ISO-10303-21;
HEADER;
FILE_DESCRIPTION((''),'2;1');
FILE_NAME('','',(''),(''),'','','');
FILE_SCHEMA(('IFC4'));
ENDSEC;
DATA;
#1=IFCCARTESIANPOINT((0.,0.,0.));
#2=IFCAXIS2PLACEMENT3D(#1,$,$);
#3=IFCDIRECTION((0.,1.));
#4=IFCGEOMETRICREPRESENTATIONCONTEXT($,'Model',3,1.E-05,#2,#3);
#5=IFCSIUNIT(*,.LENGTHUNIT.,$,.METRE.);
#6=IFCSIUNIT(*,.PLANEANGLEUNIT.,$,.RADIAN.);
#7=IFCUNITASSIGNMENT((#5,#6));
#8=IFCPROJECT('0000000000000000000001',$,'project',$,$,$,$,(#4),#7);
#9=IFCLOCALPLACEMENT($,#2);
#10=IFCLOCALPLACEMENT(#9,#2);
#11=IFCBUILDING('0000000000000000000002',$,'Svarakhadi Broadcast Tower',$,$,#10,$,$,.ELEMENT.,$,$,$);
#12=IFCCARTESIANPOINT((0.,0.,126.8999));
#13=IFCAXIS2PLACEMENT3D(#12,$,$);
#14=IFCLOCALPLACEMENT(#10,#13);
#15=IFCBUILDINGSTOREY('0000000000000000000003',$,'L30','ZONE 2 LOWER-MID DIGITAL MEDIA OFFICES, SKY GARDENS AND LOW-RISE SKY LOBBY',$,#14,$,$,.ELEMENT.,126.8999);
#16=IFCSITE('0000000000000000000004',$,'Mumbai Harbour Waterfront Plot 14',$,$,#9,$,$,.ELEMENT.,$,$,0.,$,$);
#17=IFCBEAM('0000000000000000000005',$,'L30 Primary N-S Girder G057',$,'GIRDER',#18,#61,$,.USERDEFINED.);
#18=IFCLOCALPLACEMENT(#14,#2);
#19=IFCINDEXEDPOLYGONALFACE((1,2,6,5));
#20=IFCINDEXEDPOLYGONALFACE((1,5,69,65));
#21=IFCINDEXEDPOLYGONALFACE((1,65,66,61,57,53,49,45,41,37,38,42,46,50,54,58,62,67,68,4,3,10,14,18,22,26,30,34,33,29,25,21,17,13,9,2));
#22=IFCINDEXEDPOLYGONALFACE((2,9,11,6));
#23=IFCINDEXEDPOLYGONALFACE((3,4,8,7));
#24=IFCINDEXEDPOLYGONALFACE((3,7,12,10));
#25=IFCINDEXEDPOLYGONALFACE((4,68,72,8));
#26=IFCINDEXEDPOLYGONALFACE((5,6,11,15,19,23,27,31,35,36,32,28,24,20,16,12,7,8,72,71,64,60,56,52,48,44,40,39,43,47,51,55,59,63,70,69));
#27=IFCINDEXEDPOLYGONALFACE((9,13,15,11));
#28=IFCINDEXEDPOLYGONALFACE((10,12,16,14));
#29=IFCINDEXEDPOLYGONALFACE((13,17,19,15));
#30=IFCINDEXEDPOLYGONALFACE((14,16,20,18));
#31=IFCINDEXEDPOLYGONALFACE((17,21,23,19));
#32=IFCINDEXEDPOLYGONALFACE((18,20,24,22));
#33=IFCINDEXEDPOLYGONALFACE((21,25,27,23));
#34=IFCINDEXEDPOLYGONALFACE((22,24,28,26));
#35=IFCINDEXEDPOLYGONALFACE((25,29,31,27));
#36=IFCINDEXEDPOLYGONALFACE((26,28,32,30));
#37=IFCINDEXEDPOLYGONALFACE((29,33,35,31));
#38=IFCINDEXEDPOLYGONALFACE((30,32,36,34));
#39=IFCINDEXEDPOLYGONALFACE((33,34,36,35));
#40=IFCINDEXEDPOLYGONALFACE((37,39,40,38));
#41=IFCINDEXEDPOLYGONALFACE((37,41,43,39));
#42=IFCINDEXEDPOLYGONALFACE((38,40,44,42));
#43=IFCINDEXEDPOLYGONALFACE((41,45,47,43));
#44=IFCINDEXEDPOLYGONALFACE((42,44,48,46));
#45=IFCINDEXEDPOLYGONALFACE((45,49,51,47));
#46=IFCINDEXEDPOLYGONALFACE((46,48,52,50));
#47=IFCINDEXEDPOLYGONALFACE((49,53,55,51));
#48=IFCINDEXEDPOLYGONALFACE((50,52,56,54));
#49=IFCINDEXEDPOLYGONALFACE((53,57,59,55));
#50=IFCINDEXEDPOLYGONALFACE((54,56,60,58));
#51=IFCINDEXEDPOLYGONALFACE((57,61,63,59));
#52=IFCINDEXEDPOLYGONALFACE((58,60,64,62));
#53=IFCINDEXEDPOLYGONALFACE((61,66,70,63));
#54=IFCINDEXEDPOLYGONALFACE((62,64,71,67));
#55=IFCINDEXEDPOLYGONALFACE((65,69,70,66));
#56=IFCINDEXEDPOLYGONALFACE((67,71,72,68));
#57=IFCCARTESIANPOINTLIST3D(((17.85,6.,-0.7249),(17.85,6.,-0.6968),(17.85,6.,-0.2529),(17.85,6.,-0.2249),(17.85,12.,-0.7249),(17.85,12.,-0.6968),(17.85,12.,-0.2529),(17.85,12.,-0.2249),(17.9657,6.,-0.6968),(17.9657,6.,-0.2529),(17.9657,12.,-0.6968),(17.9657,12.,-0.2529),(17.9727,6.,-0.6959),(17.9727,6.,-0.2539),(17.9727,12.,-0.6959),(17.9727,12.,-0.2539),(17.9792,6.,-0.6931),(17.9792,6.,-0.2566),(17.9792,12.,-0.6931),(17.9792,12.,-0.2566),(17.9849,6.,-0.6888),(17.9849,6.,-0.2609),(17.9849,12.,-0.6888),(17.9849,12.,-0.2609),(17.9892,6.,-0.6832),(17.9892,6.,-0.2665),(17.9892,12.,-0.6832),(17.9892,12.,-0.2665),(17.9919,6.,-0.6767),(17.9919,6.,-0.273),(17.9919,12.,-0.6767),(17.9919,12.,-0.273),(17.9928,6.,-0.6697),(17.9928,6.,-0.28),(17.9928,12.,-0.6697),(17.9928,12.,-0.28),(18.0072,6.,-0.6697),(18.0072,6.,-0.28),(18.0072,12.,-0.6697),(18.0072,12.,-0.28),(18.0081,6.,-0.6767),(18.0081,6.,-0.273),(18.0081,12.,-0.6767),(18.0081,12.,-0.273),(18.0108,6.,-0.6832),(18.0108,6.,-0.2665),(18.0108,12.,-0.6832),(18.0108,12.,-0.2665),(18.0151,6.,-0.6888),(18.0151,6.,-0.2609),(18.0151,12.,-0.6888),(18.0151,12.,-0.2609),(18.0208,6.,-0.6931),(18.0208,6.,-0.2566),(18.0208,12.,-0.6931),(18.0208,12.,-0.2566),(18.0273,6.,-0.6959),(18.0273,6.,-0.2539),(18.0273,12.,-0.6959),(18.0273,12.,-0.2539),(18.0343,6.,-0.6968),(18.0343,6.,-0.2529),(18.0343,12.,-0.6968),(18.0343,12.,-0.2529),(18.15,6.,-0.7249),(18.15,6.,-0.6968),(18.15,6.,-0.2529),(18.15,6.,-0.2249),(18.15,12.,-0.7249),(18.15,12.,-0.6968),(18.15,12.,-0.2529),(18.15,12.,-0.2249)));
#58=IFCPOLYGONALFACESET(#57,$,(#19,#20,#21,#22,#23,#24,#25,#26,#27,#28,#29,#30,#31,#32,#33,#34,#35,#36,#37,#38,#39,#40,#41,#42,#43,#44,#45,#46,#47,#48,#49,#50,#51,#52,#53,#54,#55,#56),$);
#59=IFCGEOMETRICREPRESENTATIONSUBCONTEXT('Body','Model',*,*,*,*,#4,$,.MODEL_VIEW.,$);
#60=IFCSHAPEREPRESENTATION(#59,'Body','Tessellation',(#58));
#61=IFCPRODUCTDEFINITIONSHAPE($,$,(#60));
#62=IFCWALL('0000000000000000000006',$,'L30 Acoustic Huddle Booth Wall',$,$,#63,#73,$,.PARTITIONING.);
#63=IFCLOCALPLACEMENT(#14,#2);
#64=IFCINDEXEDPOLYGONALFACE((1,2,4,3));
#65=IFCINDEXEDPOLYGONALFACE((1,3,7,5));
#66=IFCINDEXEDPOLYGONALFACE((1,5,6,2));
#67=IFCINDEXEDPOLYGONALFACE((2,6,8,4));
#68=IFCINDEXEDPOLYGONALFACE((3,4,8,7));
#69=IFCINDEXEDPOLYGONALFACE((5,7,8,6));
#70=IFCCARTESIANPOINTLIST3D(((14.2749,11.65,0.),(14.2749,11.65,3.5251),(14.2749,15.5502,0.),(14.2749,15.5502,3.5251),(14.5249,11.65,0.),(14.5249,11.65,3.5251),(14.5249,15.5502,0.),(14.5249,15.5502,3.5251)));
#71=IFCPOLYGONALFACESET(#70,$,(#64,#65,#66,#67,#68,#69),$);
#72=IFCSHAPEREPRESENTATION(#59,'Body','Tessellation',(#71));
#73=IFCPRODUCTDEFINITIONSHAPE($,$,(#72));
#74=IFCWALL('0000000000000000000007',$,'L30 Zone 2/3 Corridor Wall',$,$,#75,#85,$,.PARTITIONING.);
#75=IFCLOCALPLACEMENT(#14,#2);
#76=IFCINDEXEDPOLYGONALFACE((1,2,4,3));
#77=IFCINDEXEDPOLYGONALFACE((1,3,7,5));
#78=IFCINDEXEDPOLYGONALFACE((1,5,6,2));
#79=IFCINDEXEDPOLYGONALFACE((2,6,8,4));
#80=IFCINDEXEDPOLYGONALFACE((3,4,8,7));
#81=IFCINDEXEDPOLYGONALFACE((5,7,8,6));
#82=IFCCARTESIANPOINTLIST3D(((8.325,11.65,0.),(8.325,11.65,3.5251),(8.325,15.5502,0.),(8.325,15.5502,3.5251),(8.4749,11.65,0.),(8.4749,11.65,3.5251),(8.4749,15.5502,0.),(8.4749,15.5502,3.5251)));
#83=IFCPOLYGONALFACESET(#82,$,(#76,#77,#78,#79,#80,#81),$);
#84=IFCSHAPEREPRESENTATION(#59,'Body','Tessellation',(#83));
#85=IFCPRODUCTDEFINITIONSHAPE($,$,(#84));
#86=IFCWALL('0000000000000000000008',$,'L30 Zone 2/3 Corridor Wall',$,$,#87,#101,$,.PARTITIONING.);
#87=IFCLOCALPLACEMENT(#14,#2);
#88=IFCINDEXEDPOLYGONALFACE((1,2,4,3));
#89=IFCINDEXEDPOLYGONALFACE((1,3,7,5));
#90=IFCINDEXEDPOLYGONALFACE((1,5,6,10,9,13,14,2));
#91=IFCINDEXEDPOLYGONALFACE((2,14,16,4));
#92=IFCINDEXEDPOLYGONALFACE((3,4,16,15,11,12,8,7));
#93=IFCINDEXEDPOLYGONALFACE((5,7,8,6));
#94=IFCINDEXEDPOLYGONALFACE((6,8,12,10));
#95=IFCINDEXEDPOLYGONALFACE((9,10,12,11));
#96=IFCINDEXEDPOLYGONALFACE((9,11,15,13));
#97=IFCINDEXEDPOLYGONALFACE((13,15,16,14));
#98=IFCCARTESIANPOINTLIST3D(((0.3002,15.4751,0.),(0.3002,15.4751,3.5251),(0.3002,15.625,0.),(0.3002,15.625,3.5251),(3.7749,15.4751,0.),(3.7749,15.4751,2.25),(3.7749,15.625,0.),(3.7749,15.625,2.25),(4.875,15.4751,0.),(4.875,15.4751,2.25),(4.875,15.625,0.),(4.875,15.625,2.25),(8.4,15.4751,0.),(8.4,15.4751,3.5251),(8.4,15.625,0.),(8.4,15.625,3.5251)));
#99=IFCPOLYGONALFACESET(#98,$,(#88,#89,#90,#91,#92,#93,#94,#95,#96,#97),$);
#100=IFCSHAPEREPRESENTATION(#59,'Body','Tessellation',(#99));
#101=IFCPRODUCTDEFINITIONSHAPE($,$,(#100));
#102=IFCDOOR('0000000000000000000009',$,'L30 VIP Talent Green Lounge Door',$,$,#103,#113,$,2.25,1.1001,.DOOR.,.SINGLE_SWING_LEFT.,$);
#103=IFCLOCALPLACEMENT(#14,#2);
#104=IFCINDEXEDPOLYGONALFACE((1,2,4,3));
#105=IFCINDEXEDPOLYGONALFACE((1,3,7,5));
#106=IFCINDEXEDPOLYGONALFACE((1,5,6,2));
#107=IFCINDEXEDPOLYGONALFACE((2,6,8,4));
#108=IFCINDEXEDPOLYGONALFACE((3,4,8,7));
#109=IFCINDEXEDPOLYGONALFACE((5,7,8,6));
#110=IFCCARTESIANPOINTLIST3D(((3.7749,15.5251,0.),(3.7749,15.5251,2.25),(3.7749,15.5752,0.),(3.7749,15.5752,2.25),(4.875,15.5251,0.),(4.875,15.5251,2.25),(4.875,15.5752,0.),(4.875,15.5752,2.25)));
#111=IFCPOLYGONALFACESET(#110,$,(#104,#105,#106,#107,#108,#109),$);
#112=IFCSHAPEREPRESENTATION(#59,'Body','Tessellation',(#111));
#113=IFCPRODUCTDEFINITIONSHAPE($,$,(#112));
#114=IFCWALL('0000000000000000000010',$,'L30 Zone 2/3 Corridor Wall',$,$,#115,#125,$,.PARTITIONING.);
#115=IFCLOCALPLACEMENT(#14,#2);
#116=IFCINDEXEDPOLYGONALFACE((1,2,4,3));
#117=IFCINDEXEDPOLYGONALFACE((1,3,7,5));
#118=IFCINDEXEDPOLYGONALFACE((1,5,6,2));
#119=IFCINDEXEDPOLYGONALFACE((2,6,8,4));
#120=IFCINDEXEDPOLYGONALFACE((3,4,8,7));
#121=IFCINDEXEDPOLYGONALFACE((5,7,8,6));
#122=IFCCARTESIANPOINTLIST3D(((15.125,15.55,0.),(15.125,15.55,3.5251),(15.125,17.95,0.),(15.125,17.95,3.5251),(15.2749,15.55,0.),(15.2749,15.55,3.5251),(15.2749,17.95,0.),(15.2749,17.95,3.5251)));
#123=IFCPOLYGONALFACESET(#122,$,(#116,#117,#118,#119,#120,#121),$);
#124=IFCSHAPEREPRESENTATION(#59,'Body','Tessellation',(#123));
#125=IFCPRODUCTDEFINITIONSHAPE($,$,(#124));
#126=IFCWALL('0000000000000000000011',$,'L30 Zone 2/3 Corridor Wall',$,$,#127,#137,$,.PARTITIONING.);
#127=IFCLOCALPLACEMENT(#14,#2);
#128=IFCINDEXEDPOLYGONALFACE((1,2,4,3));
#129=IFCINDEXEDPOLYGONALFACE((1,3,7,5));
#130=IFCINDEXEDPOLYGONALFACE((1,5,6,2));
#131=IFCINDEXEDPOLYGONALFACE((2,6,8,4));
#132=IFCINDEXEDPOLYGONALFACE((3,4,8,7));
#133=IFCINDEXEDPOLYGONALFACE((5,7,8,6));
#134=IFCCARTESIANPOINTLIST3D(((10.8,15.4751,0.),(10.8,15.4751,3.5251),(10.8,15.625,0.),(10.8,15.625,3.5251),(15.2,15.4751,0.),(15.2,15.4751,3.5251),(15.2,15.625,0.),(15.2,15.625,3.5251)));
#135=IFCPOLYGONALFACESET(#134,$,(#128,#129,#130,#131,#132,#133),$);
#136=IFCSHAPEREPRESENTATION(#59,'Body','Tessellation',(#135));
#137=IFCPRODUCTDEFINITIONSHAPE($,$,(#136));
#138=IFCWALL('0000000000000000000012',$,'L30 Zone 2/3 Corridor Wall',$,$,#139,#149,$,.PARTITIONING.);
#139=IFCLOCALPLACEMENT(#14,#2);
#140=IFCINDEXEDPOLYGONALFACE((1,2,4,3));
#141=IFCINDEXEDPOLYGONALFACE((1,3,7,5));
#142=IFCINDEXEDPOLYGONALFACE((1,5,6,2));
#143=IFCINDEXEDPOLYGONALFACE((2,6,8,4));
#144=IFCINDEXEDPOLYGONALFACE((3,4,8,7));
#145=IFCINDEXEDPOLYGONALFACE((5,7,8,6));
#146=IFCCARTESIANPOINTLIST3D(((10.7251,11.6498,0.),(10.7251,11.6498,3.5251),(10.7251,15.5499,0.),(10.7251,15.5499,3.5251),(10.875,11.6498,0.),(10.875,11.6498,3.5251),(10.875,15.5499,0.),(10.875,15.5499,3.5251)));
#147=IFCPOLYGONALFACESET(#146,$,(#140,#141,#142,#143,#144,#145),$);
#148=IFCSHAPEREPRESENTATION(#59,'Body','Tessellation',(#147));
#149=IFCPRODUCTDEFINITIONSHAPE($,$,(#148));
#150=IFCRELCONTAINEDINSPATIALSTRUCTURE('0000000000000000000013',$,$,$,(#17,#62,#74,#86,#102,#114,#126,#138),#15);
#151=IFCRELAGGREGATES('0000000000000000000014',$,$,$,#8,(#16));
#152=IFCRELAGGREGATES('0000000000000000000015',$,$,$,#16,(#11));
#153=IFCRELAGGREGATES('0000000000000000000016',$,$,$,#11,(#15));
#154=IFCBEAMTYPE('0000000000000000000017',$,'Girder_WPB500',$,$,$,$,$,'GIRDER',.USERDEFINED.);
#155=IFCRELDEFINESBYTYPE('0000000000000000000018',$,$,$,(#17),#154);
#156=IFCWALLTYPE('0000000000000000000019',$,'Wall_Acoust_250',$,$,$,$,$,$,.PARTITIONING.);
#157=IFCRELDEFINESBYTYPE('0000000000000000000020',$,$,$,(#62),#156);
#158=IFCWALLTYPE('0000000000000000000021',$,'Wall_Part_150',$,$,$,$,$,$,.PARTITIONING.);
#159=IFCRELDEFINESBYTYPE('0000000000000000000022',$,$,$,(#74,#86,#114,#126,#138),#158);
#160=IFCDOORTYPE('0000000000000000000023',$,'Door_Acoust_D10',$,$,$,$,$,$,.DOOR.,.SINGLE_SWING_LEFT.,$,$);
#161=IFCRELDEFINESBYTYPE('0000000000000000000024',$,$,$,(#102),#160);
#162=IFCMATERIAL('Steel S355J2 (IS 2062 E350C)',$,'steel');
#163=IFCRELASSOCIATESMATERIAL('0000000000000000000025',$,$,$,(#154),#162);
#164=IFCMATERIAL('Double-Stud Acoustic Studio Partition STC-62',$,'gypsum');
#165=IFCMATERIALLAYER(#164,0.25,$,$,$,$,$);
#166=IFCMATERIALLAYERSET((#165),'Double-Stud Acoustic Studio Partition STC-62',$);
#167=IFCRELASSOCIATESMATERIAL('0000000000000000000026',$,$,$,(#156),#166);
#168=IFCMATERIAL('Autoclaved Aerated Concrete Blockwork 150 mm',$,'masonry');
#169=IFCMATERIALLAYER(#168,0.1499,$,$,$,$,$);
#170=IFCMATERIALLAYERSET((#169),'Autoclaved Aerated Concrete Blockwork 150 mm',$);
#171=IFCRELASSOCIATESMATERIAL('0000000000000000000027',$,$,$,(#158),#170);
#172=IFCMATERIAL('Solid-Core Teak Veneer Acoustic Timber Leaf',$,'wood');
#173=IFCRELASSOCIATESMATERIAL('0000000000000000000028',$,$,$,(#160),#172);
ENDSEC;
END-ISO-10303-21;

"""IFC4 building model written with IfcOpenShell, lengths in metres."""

from ifc_helpers import new_model, si_unit, direction, frame, frame_2d, origin, origin_2d, place, context, subcontext, project, spatial, rectangle, i_section, extrude, material, layer, layer_set, material_profile, profile_set, type_object, element, fill, save


model = new_model("IFC4")

# Units and contexts
model_context = context("Model", 3, precision=1e-05, world=origin(), true_north=direction((0.0, 1.0)))
body_context = subcontext(model_context, "Body", "Model", "MODEL_VIEW")
ifc_project = project(units=[si_unit("LENGTHUNIT", "METRE"), si_unit("PLANEANGLEUNIT", "RADIAN")], contexts=[model_context])

# Site, building, storey
site_placement = place(None, origin())
site = spatial("IfcSite", under=ifc_project, at=site_placement, Name="Mumbai Harbour Waterfront Plot 14", CompositionType="ELEMENT", RefElevation=0.0)
building_placement = place(site_placement, origin())
building = spatial("IfcBuilding", under=site, at=building_placement, Name="Svarakhadi Broadcast Tower", CompositionType="ELEMENT")
storey_placement = place(building_placement, frame((0.0, 0.0, 126.8999)))
storey = spatial("IfcBuildingStorey", under=building, at=storey_placement, Name="L30", Description="ZONE 2 LOWER-MID DIGITAL MEDIA OFFICES, SKY GARDENS AND LOW-RISE SKY LOBBY", CompositionType="ELEMENT", Elevation=126.8999)

# Beam
ifc_material_1 = material(Name="Steel S355J2 (IS 2062 E350C)", Category="steel")
ifc_material_profile_1 = material_profile(ifc_material_1, i_section(OverallWidth=0.3, OverallDepth=0.5, WebThickness=0.0144, FlangeThickness=0.0281, FilletRadius=0.0271, at=origin_2d()), Name="WPB 500x300x187")
ifc_profile_set_1 = profile_set([ifc_material_profile_1], Name="Steel S355J2 (IS 2062 E350C)")
beam_type_1 = type_object("IfcBeamType", Name="Girder_WPB500", ElementType="GIRDER", PredefinedType="USERDEFINED", material=ifc_profile_set_1)
for number, where, z_axis, x_axis, name in (
    (1, (18.0, 6.0, -0.4749), (0.0, 1.0, 0.0), (-1.0, 0.0, 0.0), "L30 Primary N-S Girder G057"),
):
    element("IfcBeam", number, at=place(storey_placement, frame(where, z_axis=z_axis, x_axis=x_axis)), inside=storey, type_object=beam_type_1, Name=name, ObjectType="GIRDER", PredefinedType="USERDEFINED", context=body_context, shape_type="SweptSolid", body=[
        extrude(i_section(OverallWidth=0.3, OverallDepth=0.5, WebThickness=0.0144, FlangeThickness=0.0281, FilletRadius=0.0271, at=origin_2d()), origin(), (0.0, 0.0, 1.0), 6.0),
    ])

# Walls
ifc_material_2 = material(Name="Double-Stud Acoustic Studio Partition STC-62", Category="gypsum")
ifc_layer_1 = layer(ifc_material_2, 0.25)
ifc_layer_set_1 = layer_set([ifc_layer_1], Name="Double-Stud Acoustic Studio Partition STC-62")
wall_type_1 = type_object("IfcWallType", Name="Wall_Acoust_250", PredefinedType="PARTITIONING", material=ifc_layer_set_1)
wall_1_placement = place(storey_placement, frame((14.3999, 11.6499, 0.0), z_axis=(0.0, 0.0, 1.0), x_axis=(0.0, 1.0, 0.0)))
element("IfcWall", 2, at=wall_1_placement, inside=storey, type_object=wall_type_1, Name="L30 Acoustic Huddle Booth Wall", PredefinedType="PARTITIONING", context=body_context, shape_type="SweptSolid", body=[
    extrude(rectangle(XDim=3.9001, YDim=0.25, at=frame_2d((1.9502, 0.0))), origin(), (0.0, 0.0, 1.0), 3.5251),
])
ifc_material_3 = material(Name="Autoclaved Aerated Concrete Blockwork 150 mm", Category="masonry")
ifc_layer_2 = layer(ifc_material_3, 0.1499)
ifc_layer_set_2 = layer_set([ifc_layer_2], Name="Autoclaved Aerated Concrete Blockwork 150 mm")
wall_type_2 = type_object("IfcWallType", Name="Wall_Part_150", PredefinedType="PARTITIONING", material=ifc_layer_set_2)
wall_2_placement = place(storey_placement, frame((8.3999, 11.6499, 0.0), z_axis=(0.0, 0.0, 1.0), x_axis=(0.0, 1.0, 0.0)))
element("IfcWall", 3, at=wall_2_placement, inside=storey, type_object=wall_type_2, Name="L30 Zone 2/3 Corridor Wall", PredefinedType="PARTITIONING", context=body_context, shape_type="SweptSolid", body=[
    extrude(rectangle(XDim=3.9001, YDim=0.1499, at=frame_2d((1.9502, 0.0))), origin(), (0.0, 0.0, 1.0), 3.5251),
])

# Wall, opening, door
wall_3_placement = place(storey_placement, frame((8.3999, 15.55, 0.0), z_axis=(0.0, 0.0, 1.0), x_axis=(-1.0, 0.0, 0.0)))
wall_3 = element("IfcWall", 4, at=wall_3_placement, inside=storey, type_object=wall_type_2, Name="L30 Zone 2/3 Corridor Wall", PredefinedType="PARTITIONING", context=body_context, shape_type="SweptSolid", body=[
    extrude(rectangle(XDim=8.0999, YDim=0.1499, at=frame_2d((4.0498, 0.0))), origin(), (0.0, 0.0, 1.0), 3.5251),
])
opening_1_placement = place(wall_3_placement, frame((3.5249, 0.0, 0.0)))
opening_1 = element("IfcOpeningElement", 5, at=opening_1_placement, cuts=wall_3, PredefinedType="OPENING", context=body_context, shape_type="SweptSolid", body=[
    extrude(rectangle(XDim=1.1001, YDim=2.25, at=frame_2d((0.55, 1.125))), frame((0.0, 0.085, 0.0), z_axis=(0.0, -1.0, 0.0), x_axis=(1.0, 0.0, 0.0)), (0.0, 0.0, 1.0), 0.1699),
])
ifc_material_4 = material(Name="Solid-Core Teak Veneer Acoustic Timber Leaf", Category="wood")
door_type_1 = type_object("IfcDoorType", Name="Door_Acoust_D10", OperationType="SINGLE_SWING_LEFT", PredefinedType="DOOR", material=ifc_material_4)
door_1_placement = place(opening_1_placement, origin())
door_1 = element("IfcDoor", 6, at=door_1_placement, inside=storey, type_object=door_type_1, Name="L30 VIP Talent Green Lounge Door", OperationType="SINGLE_SWING_LEFT", OverallHeight=2.25, OverallWidth=1.1001, PredefinedType="DOOR", context=body_context, shape_type="SweptSolid", body=[
    extrude(rectangle(XDim=1.1001, YDim=2.25, at=frame_2d((0.55, 1.125))), frame((0.0, 0.0249, 0.0), z_axis=(0.0, -1.0, 0.0), x_axis=(1.0, 0.0, 0.0)), (0.0, 0.0, 1.0), 0.05),
])
fill(opening_1, door_1)

# Walls
wall_4_placement = place(storey_placement, frame((15.2, 17.95, 0.0), z_axis=(0.0, 0.0, 1.0), x_axis=(0.0, -1.0, 0.0)))
element("IfcWall", 7, at=wall_4_placement, inside=storey, type_object=wall_type_2, Name="L30 Zone 2/3 Corridor Wall", PredefinedType="PARTITIONING", context=body_context, shape_type="SweptSolid", body=[
    extrude(rectangle(XDim=2.3999, YDim=0.1499, at=frame_2d((1.2, 0.0))), origin(), (0.0, 0.0, 1.0), 3.5251),
])
wall_5_placement = place(storey_placement, frame((15.2, 15.55, 0.0), z_axis=(0.0, 0.0, 1.0), x_axis=(-1.0, 0.0, 0.0)))
element("IfcWall", 8, at=wall_5_placement, inside=storey, type_object=wall_type_2, Name="L30 Zone 2/3 Corridor Wall", PredefinedType="PARTITIONING", context=body_context, shape_type="SweptSolid", body=[
    extrude(rectangle(XDim=4.3999, YDim=0.1499, at=frame_2d((2.2, 0.0))), origin(), (0.0, 0.0, 1.0), 3.5251),
])
wall_6_placement = place(storey_placement, frame((10.8, 15.55, 0.0), z_axis=(0.0, 0.0, 1.0), x_axis=(0.0, -1.0, 0.0)))
element("IfcWall", 9, at=wall_6_placement, inside=storey, type_object=wall_type_2, Name="L30 Zone 2/3 Corridor Wall", PredefinedType="PARTITIONING", context=body_context, shape_type="SweptSolid", body=[
    extrude(rectangle(XDim=3.9001, YDim=0.1499, at=frame_2d((1.9502, 0.0))), origin(), (0.0, 0.0, 1.0), 3.5251),
])

save(model, "model.ifc")
